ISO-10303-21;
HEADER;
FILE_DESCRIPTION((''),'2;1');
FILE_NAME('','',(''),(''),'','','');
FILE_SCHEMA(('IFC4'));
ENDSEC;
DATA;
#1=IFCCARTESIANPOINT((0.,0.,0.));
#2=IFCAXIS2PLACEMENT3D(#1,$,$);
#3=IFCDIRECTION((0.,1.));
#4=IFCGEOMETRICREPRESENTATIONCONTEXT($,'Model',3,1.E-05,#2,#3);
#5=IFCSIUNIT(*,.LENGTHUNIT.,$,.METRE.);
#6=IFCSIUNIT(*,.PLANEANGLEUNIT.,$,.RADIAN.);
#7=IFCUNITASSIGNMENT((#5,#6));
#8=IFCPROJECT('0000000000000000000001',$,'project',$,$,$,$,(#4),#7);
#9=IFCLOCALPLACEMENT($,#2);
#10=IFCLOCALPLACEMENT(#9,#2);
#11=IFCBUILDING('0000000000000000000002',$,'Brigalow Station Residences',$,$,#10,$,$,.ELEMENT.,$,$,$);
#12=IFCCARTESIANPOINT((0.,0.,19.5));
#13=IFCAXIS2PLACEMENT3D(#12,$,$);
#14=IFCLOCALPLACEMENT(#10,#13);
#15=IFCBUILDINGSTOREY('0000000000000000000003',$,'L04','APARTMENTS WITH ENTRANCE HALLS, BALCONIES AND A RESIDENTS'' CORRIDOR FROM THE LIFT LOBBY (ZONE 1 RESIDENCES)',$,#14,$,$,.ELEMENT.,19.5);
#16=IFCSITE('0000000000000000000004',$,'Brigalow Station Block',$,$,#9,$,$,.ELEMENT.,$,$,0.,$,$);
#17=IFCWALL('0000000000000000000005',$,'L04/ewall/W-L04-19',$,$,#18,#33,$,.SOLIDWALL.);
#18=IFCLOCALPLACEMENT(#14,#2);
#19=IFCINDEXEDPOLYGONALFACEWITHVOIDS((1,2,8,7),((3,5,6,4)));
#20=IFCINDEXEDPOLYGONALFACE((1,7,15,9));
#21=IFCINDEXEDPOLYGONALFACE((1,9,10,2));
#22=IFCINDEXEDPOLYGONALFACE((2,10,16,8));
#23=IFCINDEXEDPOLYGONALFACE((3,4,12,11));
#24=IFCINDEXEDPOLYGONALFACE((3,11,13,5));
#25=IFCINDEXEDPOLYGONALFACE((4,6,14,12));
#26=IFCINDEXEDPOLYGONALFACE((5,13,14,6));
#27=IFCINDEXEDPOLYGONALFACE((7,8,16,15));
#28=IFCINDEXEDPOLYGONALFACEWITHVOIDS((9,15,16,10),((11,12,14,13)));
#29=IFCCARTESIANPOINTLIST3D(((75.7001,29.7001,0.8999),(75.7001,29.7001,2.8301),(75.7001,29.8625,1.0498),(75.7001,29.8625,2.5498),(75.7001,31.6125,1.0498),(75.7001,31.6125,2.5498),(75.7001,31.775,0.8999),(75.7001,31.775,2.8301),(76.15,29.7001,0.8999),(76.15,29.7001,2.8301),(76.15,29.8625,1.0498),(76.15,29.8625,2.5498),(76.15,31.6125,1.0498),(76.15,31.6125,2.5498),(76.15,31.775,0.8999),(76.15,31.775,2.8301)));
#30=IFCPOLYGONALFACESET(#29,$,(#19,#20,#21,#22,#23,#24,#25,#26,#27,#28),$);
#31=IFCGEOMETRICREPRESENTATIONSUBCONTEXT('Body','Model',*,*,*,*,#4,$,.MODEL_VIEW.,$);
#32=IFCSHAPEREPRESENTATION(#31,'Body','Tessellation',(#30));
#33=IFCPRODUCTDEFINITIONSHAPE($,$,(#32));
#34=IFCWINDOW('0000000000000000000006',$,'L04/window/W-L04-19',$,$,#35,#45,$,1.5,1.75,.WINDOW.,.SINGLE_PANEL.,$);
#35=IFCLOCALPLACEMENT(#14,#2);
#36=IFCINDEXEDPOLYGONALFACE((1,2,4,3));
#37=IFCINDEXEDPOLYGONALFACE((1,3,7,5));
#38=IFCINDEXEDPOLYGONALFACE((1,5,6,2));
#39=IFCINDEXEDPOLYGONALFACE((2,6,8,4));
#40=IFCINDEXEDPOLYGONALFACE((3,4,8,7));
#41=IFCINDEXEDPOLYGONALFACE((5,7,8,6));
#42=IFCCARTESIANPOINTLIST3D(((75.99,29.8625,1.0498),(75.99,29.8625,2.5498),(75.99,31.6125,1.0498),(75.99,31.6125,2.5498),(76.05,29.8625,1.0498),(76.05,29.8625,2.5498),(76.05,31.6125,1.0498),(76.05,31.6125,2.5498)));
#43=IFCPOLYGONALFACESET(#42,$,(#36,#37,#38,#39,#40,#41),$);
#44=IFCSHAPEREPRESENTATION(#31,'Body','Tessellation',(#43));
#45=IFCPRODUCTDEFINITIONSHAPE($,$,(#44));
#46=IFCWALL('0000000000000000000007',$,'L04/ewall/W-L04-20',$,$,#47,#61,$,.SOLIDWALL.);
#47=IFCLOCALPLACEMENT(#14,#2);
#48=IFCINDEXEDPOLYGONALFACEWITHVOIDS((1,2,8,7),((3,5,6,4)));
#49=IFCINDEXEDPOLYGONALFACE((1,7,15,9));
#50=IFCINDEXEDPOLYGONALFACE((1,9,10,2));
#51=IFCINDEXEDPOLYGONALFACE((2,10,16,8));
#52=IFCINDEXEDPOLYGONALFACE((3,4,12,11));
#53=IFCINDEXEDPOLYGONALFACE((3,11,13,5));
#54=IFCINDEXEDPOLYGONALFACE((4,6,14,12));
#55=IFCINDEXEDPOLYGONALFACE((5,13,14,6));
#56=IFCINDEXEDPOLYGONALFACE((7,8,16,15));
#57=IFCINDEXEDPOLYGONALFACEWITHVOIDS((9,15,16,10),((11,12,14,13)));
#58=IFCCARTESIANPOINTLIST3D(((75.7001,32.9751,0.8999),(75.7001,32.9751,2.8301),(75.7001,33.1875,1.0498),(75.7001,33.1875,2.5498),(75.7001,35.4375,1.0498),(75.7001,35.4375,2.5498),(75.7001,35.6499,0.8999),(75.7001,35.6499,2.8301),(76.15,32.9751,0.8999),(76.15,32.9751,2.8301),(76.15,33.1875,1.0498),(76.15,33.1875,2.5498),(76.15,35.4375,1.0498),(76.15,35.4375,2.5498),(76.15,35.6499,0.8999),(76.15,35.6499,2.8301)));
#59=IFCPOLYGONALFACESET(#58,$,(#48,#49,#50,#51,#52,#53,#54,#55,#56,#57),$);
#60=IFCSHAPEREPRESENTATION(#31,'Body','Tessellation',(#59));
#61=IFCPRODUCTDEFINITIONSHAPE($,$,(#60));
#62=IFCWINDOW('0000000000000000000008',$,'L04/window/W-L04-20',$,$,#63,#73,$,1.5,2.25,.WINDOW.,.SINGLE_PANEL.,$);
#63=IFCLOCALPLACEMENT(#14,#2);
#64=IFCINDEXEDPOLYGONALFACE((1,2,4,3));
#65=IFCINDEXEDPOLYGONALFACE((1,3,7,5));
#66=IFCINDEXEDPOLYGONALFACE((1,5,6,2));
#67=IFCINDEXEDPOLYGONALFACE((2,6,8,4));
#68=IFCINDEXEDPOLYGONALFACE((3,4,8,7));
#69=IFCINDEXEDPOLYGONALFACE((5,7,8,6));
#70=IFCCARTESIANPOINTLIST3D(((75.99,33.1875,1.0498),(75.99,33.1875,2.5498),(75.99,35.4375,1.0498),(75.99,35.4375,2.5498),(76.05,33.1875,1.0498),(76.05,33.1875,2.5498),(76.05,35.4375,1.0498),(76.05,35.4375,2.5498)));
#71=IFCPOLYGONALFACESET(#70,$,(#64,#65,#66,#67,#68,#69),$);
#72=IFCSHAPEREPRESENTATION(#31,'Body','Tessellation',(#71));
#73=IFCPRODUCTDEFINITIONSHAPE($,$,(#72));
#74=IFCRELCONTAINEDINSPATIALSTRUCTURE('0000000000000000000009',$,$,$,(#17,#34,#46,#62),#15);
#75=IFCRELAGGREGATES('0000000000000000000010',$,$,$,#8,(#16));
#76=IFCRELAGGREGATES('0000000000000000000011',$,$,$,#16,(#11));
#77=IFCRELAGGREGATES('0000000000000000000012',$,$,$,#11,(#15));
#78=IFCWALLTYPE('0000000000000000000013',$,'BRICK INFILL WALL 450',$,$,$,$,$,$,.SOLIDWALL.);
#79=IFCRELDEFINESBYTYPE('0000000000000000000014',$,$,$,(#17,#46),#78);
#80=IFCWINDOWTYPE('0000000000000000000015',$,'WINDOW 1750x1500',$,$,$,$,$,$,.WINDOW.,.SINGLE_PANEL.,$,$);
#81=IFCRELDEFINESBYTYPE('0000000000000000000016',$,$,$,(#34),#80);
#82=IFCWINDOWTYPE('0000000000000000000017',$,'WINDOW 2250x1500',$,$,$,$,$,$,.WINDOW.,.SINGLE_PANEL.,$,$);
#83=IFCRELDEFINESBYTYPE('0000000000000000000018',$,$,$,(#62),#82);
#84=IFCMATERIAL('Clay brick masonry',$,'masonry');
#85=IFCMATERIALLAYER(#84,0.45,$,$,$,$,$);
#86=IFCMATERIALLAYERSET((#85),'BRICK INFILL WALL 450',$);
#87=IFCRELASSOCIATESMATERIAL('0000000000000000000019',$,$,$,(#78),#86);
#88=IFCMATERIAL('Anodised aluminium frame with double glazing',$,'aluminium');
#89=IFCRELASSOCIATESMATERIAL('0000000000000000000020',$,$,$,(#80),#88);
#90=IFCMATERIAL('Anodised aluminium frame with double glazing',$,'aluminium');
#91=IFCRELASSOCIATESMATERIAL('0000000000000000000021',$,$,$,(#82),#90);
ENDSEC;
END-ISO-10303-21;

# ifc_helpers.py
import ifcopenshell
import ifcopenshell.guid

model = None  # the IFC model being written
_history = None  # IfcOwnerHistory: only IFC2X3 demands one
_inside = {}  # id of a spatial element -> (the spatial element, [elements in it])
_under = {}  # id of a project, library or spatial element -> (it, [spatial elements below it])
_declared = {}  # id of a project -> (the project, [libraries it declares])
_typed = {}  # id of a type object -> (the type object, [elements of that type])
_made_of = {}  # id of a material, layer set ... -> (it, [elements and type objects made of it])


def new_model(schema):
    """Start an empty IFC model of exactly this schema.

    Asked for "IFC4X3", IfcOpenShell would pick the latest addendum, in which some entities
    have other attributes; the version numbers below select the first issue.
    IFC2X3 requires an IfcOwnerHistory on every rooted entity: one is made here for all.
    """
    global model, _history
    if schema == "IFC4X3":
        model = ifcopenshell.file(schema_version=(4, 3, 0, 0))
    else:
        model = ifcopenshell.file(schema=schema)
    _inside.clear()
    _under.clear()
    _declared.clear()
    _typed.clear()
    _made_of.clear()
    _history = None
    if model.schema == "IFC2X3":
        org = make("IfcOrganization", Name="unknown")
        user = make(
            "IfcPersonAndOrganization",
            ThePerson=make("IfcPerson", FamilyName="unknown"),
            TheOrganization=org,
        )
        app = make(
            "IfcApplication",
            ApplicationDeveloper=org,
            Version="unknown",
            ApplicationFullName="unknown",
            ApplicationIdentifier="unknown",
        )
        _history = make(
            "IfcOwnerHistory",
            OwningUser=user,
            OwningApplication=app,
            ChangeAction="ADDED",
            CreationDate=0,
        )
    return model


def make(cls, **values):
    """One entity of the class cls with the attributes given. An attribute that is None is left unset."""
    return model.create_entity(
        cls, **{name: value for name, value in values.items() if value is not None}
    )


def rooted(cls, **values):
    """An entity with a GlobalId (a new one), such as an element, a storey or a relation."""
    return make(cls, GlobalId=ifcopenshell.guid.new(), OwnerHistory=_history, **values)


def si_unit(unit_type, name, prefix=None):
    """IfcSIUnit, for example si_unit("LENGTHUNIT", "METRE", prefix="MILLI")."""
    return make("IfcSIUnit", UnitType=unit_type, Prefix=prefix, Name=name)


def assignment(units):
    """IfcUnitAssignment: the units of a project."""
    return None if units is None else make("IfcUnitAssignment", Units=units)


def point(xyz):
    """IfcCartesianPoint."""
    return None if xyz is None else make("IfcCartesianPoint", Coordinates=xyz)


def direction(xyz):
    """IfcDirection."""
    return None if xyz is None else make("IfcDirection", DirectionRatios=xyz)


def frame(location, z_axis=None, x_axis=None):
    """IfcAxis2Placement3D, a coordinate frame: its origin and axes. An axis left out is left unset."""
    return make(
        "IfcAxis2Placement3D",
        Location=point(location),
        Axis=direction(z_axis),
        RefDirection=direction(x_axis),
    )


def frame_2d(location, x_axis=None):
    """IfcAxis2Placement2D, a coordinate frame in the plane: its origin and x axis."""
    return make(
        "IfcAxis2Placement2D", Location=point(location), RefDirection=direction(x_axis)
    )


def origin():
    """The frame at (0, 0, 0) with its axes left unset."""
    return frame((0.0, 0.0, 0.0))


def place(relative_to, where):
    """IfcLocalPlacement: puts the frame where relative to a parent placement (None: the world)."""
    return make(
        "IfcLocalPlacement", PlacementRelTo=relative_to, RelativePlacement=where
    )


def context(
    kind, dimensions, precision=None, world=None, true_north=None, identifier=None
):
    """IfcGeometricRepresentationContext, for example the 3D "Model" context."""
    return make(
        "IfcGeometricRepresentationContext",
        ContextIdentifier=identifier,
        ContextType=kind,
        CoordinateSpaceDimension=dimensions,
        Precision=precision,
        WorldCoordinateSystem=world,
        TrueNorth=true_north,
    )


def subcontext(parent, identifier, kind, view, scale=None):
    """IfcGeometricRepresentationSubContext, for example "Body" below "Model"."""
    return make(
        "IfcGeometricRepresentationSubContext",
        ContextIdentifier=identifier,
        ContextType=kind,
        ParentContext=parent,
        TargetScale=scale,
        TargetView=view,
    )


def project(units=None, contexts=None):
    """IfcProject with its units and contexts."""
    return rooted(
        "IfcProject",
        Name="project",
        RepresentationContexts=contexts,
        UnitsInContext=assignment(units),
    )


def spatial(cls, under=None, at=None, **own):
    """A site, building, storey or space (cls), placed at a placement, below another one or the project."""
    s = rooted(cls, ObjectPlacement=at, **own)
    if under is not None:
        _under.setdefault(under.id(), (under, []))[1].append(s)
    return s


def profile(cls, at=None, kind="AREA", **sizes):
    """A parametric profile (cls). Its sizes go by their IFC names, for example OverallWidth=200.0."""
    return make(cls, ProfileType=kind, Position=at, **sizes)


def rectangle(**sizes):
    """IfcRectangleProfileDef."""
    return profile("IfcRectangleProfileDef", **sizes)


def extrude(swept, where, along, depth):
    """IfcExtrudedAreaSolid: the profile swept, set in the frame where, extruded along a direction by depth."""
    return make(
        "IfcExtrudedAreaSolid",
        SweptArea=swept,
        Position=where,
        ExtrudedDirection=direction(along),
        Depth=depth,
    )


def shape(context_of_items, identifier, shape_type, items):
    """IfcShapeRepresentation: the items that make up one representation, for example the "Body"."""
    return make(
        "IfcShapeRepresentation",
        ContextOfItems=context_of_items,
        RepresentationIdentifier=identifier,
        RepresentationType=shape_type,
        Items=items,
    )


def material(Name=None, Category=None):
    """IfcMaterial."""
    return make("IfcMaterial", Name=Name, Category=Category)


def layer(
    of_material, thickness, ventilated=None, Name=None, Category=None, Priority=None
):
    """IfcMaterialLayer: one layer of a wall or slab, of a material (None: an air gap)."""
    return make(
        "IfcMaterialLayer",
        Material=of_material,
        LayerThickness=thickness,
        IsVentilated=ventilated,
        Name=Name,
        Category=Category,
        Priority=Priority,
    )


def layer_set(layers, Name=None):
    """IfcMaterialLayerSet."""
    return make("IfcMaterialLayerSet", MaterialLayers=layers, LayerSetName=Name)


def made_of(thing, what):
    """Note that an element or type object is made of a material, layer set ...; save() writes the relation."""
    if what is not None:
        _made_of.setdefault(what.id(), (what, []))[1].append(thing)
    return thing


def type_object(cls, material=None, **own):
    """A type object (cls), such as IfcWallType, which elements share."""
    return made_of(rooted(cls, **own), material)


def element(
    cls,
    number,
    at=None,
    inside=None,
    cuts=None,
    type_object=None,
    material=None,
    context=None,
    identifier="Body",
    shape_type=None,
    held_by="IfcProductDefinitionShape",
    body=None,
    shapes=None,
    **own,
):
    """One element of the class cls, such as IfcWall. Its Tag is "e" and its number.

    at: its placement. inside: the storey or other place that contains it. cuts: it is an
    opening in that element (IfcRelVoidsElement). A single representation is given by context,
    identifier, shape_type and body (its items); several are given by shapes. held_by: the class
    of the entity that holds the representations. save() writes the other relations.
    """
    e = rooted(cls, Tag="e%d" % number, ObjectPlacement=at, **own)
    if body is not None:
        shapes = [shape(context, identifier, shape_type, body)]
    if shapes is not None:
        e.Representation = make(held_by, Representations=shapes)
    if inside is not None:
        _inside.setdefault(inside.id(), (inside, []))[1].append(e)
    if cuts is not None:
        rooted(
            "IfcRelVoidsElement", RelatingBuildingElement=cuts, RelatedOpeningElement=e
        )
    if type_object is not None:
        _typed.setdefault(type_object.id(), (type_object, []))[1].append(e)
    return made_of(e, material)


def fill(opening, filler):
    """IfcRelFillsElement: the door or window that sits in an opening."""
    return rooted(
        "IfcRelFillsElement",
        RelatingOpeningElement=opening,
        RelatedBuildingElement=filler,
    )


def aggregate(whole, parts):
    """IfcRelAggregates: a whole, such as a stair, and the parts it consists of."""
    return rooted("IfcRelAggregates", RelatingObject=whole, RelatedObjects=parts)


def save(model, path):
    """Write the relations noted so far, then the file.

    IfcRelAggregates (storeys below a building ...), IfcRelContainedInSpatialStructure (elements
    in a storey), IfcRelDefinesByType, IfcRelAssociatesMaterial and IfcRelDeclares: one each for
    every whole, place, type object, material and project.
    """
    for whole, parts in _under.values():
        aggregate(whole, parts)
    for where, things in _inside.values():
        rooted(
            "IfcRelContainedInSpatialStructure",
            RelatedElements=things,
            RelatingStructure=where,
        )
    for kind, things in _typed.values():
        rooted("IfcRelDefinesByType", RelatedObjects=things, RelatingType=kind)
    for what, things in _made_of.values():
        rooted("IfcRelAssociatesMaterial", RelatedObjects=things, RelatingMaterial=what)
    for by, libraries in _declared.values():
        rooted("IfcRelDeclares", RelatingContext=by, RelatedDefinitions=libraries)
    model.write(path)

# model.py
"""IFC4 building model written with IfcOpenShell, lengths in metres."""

from ifc_helpers import new_model, si_unit, direction, frame, frame_2d, origin, place, context, subcontext, project, spatial, rectangle, extrude, material, layer, layer_set, type_object, element, fill, save


model = new_model("IFC4")

# Units and contexts
model_context = context("Model", 3, precision=1e-05, world=origin(), true_north=direction((0.0, 1.0)))
body_context = subcontext(model_context, "Body", "Model", "MODEL_VIEW")
ifc_project = project(units=[si_unit("LENGTHUNIT", "METRE"), si_unit("PLANEANGLEUNIT", "RADIAN")], contexts=[model_context])

# Site, building, storey
site_placement = place(None, origin())
site = spatial("IfcSite", under=ifc_project, at=site_placement, Name="Brigalow Station Block", CompositionType="ELEMENT", RefElevation=0.0)
building_placement = place(site_placement, origin())
building = spatial("IfcBuilding", under=site, at=building_placement, Name="Brigalow Station Residences", CompositionType="ELEMENT")
storey_placement = place(building_placement, frame((0.0, 0.0, 19.5)))
storey = spatial("IfcBuildingStorey", under=building, at=storey_placement, Name="L04", Description="APARTMENTS WITH ENTRANCE HALLS, BALCONIES AND A RESIDENTS' CORRIDOR FROM THE LIFT LOBBY (ZONE 1 RESIDENCES)", CompositionType="ELEMENT", Elevation=19.5)

# Shared definitions
ifc_material_1 = material(Name="Clay brick masonry", Category="masonry")
ifc_layer = layer(ifc_material_1, 0.45)
ifc_layer_set = layer_set([ifc_layer], Name="BRICK INFILL WALL 450")
wall_type = type_object("IfcWallType", Name="BRICK INFILL WALL 450", PredefinedType="SOLIDWALL", material=ifc_layer_set)

# Walls, openings, windows
wall_1_placement = place(storey_placement, frame((75.925, 29.7, 0.8999), z_axis=(0.0, 0.0, 1.0), x_axis=(0.0, 1.0, 0.0)))
wall_1 = element("IfcWall", 1, at=wall_1_placement, inside=storey, type_object=wall_type, Name="L04/ewall/W-L04-19", PredefinedType="SOLIDWALL", context=body_context, shape_type="SweptSolid", body=[
    extrude(rectangle(XDim=2.075, YDim=0.45, at=frame_2d((1.0376, 0.0))), origin(), (0.0, 0.0, 1.0), 1.9302),
])
opening_1_placement = place(wall_1_placement, frame((0.1626, 0.0, 0.1499)))
opening_1 = element("IfcOpeningElement", 2, at=opening_1_placement, cuts=wall_1, PredefinedType="OPENING", context=body_context, shape_type="SweptSolid", body=[
    extrude(rectangle(XDim=1.75, YDim=1.5, at=frame_2d((0.875, 0.75))), frame((0.0, 0.2349, 0.0), z_axis=(0.0, -1.0, 0.0), x_axis=(1.0, 0.0, 0.0)), (0.0, 0.0, 1.0), 0.47),
])
ifc_material_2 = material(Name="Anodised aluminium frame with double glazing", Category="aluminium")
window_type_1 = type_object("IfcWindowType", Name="WINDOW 1750x1500", PartitioningType="SINGLE_PANEL", PredefinedType="WINDOW", material=ifc_material_2)
window_1_placement = place(opening_1_placement, origin())
window_1 = element("IfcWindow", 3, at=window_1_placement, inside=storey, type_object=window_type_1, Name="L04/window/W-L04-19", OverallHeight=1.5, OverallWidth=1.75, PartitioningType="SINGLE_PANEL", PredefinedType="WINDOW", context=body_context, shape_type="SweptSolid", body=[
    extrude(rectangle(XDim=1.75, YDim=1.5, at=frame_2d((0.875, 0.75))), frame((0.0, -0.0649, 0.0), z_axis=(0.0, -1.0, 0.0), x_axis=(1.0, 0.0, 0.0)), (0.0, 0.0, 1.0), 0.0601),
])
fill(opening_1, window_1)
wall_2_placement = place(storey_placement, frame((75.925, 32.9751, 0.8999), z_axis=(0.0, 0.0, 1.0), x_axis=(0.0, 1.0, 0.0)))
wall_2 = element("IfcWall", 4, at=wall_2_placement, inside=storey, type_object=wall_type, Name="L04/ewall/W-L04-20", PredefinedType="SOLIDWALL", context=body_context, shape_type="SweptSolid", body=[
    extrude(rectangle(XDim=2.6748, YDim=0.45, at=frame_2d((1.3374, 0.0))), origin(), (0.0, 0.0, 1.0), 1.9302),
])
opening_2_placement = place(wall_2_placement, frame((0.2124, 0.0, 0.1499)))
opening_2 = element("IfcOpeningElement", 5, at=opening_2_placement, cuts=wall_2, PredefinedType="OPENING", context=body_context, shape_type="SweptSolid", body=[
    extrude(rectangle(XDim=2.25, YDim=1.5, at=frame_2d((1.125, 0.75))), frame((0.0, 0.2349, 0.0), z_axis=(0.0, -1.0, 0.0), x_axis=(1.0, 0.0, 0.0)), (0.0, 0.0, 1.0), 0.47),
])
ifc_material_3 = material(Name="Anodised aluminium frame with double glazing", Category="aluminium")
window_type_2 = type_object("IfcWindowType", Name="WINDOW 2250x1500", PartitioningType="SINGLE_PANEL", PredefinedType="WINDOW", material=ifc_material_3)
window_2_placement = place(opening_2_placement, origin())
window_2 = element("IfcWindow", 6, at=window_2_placement, inside=storey, type_object=window_type_2, Name="L04/window/W-L04-20", OverallHeight=1.5, OverallWidth=2.25, PartitioningType="SINGLE_PANEL", PredefinedType="WINDOW", context=body_context, shape_type="SweptSolid", body=[
    extrude(rectangle(XDim=2.25, YDim=1.5, at=frame_2d((1.125, 0.75))), frame((0.0, -0.0649, 0.0), z_axis=(0.0, -1.0, 0.0), x_axis=(1.0, 0.0, 0.0)), (0.0, 0.0, 1.0), 0.0601),
])
fill(opening_2, window_2)

save(model, "model.ifc")
